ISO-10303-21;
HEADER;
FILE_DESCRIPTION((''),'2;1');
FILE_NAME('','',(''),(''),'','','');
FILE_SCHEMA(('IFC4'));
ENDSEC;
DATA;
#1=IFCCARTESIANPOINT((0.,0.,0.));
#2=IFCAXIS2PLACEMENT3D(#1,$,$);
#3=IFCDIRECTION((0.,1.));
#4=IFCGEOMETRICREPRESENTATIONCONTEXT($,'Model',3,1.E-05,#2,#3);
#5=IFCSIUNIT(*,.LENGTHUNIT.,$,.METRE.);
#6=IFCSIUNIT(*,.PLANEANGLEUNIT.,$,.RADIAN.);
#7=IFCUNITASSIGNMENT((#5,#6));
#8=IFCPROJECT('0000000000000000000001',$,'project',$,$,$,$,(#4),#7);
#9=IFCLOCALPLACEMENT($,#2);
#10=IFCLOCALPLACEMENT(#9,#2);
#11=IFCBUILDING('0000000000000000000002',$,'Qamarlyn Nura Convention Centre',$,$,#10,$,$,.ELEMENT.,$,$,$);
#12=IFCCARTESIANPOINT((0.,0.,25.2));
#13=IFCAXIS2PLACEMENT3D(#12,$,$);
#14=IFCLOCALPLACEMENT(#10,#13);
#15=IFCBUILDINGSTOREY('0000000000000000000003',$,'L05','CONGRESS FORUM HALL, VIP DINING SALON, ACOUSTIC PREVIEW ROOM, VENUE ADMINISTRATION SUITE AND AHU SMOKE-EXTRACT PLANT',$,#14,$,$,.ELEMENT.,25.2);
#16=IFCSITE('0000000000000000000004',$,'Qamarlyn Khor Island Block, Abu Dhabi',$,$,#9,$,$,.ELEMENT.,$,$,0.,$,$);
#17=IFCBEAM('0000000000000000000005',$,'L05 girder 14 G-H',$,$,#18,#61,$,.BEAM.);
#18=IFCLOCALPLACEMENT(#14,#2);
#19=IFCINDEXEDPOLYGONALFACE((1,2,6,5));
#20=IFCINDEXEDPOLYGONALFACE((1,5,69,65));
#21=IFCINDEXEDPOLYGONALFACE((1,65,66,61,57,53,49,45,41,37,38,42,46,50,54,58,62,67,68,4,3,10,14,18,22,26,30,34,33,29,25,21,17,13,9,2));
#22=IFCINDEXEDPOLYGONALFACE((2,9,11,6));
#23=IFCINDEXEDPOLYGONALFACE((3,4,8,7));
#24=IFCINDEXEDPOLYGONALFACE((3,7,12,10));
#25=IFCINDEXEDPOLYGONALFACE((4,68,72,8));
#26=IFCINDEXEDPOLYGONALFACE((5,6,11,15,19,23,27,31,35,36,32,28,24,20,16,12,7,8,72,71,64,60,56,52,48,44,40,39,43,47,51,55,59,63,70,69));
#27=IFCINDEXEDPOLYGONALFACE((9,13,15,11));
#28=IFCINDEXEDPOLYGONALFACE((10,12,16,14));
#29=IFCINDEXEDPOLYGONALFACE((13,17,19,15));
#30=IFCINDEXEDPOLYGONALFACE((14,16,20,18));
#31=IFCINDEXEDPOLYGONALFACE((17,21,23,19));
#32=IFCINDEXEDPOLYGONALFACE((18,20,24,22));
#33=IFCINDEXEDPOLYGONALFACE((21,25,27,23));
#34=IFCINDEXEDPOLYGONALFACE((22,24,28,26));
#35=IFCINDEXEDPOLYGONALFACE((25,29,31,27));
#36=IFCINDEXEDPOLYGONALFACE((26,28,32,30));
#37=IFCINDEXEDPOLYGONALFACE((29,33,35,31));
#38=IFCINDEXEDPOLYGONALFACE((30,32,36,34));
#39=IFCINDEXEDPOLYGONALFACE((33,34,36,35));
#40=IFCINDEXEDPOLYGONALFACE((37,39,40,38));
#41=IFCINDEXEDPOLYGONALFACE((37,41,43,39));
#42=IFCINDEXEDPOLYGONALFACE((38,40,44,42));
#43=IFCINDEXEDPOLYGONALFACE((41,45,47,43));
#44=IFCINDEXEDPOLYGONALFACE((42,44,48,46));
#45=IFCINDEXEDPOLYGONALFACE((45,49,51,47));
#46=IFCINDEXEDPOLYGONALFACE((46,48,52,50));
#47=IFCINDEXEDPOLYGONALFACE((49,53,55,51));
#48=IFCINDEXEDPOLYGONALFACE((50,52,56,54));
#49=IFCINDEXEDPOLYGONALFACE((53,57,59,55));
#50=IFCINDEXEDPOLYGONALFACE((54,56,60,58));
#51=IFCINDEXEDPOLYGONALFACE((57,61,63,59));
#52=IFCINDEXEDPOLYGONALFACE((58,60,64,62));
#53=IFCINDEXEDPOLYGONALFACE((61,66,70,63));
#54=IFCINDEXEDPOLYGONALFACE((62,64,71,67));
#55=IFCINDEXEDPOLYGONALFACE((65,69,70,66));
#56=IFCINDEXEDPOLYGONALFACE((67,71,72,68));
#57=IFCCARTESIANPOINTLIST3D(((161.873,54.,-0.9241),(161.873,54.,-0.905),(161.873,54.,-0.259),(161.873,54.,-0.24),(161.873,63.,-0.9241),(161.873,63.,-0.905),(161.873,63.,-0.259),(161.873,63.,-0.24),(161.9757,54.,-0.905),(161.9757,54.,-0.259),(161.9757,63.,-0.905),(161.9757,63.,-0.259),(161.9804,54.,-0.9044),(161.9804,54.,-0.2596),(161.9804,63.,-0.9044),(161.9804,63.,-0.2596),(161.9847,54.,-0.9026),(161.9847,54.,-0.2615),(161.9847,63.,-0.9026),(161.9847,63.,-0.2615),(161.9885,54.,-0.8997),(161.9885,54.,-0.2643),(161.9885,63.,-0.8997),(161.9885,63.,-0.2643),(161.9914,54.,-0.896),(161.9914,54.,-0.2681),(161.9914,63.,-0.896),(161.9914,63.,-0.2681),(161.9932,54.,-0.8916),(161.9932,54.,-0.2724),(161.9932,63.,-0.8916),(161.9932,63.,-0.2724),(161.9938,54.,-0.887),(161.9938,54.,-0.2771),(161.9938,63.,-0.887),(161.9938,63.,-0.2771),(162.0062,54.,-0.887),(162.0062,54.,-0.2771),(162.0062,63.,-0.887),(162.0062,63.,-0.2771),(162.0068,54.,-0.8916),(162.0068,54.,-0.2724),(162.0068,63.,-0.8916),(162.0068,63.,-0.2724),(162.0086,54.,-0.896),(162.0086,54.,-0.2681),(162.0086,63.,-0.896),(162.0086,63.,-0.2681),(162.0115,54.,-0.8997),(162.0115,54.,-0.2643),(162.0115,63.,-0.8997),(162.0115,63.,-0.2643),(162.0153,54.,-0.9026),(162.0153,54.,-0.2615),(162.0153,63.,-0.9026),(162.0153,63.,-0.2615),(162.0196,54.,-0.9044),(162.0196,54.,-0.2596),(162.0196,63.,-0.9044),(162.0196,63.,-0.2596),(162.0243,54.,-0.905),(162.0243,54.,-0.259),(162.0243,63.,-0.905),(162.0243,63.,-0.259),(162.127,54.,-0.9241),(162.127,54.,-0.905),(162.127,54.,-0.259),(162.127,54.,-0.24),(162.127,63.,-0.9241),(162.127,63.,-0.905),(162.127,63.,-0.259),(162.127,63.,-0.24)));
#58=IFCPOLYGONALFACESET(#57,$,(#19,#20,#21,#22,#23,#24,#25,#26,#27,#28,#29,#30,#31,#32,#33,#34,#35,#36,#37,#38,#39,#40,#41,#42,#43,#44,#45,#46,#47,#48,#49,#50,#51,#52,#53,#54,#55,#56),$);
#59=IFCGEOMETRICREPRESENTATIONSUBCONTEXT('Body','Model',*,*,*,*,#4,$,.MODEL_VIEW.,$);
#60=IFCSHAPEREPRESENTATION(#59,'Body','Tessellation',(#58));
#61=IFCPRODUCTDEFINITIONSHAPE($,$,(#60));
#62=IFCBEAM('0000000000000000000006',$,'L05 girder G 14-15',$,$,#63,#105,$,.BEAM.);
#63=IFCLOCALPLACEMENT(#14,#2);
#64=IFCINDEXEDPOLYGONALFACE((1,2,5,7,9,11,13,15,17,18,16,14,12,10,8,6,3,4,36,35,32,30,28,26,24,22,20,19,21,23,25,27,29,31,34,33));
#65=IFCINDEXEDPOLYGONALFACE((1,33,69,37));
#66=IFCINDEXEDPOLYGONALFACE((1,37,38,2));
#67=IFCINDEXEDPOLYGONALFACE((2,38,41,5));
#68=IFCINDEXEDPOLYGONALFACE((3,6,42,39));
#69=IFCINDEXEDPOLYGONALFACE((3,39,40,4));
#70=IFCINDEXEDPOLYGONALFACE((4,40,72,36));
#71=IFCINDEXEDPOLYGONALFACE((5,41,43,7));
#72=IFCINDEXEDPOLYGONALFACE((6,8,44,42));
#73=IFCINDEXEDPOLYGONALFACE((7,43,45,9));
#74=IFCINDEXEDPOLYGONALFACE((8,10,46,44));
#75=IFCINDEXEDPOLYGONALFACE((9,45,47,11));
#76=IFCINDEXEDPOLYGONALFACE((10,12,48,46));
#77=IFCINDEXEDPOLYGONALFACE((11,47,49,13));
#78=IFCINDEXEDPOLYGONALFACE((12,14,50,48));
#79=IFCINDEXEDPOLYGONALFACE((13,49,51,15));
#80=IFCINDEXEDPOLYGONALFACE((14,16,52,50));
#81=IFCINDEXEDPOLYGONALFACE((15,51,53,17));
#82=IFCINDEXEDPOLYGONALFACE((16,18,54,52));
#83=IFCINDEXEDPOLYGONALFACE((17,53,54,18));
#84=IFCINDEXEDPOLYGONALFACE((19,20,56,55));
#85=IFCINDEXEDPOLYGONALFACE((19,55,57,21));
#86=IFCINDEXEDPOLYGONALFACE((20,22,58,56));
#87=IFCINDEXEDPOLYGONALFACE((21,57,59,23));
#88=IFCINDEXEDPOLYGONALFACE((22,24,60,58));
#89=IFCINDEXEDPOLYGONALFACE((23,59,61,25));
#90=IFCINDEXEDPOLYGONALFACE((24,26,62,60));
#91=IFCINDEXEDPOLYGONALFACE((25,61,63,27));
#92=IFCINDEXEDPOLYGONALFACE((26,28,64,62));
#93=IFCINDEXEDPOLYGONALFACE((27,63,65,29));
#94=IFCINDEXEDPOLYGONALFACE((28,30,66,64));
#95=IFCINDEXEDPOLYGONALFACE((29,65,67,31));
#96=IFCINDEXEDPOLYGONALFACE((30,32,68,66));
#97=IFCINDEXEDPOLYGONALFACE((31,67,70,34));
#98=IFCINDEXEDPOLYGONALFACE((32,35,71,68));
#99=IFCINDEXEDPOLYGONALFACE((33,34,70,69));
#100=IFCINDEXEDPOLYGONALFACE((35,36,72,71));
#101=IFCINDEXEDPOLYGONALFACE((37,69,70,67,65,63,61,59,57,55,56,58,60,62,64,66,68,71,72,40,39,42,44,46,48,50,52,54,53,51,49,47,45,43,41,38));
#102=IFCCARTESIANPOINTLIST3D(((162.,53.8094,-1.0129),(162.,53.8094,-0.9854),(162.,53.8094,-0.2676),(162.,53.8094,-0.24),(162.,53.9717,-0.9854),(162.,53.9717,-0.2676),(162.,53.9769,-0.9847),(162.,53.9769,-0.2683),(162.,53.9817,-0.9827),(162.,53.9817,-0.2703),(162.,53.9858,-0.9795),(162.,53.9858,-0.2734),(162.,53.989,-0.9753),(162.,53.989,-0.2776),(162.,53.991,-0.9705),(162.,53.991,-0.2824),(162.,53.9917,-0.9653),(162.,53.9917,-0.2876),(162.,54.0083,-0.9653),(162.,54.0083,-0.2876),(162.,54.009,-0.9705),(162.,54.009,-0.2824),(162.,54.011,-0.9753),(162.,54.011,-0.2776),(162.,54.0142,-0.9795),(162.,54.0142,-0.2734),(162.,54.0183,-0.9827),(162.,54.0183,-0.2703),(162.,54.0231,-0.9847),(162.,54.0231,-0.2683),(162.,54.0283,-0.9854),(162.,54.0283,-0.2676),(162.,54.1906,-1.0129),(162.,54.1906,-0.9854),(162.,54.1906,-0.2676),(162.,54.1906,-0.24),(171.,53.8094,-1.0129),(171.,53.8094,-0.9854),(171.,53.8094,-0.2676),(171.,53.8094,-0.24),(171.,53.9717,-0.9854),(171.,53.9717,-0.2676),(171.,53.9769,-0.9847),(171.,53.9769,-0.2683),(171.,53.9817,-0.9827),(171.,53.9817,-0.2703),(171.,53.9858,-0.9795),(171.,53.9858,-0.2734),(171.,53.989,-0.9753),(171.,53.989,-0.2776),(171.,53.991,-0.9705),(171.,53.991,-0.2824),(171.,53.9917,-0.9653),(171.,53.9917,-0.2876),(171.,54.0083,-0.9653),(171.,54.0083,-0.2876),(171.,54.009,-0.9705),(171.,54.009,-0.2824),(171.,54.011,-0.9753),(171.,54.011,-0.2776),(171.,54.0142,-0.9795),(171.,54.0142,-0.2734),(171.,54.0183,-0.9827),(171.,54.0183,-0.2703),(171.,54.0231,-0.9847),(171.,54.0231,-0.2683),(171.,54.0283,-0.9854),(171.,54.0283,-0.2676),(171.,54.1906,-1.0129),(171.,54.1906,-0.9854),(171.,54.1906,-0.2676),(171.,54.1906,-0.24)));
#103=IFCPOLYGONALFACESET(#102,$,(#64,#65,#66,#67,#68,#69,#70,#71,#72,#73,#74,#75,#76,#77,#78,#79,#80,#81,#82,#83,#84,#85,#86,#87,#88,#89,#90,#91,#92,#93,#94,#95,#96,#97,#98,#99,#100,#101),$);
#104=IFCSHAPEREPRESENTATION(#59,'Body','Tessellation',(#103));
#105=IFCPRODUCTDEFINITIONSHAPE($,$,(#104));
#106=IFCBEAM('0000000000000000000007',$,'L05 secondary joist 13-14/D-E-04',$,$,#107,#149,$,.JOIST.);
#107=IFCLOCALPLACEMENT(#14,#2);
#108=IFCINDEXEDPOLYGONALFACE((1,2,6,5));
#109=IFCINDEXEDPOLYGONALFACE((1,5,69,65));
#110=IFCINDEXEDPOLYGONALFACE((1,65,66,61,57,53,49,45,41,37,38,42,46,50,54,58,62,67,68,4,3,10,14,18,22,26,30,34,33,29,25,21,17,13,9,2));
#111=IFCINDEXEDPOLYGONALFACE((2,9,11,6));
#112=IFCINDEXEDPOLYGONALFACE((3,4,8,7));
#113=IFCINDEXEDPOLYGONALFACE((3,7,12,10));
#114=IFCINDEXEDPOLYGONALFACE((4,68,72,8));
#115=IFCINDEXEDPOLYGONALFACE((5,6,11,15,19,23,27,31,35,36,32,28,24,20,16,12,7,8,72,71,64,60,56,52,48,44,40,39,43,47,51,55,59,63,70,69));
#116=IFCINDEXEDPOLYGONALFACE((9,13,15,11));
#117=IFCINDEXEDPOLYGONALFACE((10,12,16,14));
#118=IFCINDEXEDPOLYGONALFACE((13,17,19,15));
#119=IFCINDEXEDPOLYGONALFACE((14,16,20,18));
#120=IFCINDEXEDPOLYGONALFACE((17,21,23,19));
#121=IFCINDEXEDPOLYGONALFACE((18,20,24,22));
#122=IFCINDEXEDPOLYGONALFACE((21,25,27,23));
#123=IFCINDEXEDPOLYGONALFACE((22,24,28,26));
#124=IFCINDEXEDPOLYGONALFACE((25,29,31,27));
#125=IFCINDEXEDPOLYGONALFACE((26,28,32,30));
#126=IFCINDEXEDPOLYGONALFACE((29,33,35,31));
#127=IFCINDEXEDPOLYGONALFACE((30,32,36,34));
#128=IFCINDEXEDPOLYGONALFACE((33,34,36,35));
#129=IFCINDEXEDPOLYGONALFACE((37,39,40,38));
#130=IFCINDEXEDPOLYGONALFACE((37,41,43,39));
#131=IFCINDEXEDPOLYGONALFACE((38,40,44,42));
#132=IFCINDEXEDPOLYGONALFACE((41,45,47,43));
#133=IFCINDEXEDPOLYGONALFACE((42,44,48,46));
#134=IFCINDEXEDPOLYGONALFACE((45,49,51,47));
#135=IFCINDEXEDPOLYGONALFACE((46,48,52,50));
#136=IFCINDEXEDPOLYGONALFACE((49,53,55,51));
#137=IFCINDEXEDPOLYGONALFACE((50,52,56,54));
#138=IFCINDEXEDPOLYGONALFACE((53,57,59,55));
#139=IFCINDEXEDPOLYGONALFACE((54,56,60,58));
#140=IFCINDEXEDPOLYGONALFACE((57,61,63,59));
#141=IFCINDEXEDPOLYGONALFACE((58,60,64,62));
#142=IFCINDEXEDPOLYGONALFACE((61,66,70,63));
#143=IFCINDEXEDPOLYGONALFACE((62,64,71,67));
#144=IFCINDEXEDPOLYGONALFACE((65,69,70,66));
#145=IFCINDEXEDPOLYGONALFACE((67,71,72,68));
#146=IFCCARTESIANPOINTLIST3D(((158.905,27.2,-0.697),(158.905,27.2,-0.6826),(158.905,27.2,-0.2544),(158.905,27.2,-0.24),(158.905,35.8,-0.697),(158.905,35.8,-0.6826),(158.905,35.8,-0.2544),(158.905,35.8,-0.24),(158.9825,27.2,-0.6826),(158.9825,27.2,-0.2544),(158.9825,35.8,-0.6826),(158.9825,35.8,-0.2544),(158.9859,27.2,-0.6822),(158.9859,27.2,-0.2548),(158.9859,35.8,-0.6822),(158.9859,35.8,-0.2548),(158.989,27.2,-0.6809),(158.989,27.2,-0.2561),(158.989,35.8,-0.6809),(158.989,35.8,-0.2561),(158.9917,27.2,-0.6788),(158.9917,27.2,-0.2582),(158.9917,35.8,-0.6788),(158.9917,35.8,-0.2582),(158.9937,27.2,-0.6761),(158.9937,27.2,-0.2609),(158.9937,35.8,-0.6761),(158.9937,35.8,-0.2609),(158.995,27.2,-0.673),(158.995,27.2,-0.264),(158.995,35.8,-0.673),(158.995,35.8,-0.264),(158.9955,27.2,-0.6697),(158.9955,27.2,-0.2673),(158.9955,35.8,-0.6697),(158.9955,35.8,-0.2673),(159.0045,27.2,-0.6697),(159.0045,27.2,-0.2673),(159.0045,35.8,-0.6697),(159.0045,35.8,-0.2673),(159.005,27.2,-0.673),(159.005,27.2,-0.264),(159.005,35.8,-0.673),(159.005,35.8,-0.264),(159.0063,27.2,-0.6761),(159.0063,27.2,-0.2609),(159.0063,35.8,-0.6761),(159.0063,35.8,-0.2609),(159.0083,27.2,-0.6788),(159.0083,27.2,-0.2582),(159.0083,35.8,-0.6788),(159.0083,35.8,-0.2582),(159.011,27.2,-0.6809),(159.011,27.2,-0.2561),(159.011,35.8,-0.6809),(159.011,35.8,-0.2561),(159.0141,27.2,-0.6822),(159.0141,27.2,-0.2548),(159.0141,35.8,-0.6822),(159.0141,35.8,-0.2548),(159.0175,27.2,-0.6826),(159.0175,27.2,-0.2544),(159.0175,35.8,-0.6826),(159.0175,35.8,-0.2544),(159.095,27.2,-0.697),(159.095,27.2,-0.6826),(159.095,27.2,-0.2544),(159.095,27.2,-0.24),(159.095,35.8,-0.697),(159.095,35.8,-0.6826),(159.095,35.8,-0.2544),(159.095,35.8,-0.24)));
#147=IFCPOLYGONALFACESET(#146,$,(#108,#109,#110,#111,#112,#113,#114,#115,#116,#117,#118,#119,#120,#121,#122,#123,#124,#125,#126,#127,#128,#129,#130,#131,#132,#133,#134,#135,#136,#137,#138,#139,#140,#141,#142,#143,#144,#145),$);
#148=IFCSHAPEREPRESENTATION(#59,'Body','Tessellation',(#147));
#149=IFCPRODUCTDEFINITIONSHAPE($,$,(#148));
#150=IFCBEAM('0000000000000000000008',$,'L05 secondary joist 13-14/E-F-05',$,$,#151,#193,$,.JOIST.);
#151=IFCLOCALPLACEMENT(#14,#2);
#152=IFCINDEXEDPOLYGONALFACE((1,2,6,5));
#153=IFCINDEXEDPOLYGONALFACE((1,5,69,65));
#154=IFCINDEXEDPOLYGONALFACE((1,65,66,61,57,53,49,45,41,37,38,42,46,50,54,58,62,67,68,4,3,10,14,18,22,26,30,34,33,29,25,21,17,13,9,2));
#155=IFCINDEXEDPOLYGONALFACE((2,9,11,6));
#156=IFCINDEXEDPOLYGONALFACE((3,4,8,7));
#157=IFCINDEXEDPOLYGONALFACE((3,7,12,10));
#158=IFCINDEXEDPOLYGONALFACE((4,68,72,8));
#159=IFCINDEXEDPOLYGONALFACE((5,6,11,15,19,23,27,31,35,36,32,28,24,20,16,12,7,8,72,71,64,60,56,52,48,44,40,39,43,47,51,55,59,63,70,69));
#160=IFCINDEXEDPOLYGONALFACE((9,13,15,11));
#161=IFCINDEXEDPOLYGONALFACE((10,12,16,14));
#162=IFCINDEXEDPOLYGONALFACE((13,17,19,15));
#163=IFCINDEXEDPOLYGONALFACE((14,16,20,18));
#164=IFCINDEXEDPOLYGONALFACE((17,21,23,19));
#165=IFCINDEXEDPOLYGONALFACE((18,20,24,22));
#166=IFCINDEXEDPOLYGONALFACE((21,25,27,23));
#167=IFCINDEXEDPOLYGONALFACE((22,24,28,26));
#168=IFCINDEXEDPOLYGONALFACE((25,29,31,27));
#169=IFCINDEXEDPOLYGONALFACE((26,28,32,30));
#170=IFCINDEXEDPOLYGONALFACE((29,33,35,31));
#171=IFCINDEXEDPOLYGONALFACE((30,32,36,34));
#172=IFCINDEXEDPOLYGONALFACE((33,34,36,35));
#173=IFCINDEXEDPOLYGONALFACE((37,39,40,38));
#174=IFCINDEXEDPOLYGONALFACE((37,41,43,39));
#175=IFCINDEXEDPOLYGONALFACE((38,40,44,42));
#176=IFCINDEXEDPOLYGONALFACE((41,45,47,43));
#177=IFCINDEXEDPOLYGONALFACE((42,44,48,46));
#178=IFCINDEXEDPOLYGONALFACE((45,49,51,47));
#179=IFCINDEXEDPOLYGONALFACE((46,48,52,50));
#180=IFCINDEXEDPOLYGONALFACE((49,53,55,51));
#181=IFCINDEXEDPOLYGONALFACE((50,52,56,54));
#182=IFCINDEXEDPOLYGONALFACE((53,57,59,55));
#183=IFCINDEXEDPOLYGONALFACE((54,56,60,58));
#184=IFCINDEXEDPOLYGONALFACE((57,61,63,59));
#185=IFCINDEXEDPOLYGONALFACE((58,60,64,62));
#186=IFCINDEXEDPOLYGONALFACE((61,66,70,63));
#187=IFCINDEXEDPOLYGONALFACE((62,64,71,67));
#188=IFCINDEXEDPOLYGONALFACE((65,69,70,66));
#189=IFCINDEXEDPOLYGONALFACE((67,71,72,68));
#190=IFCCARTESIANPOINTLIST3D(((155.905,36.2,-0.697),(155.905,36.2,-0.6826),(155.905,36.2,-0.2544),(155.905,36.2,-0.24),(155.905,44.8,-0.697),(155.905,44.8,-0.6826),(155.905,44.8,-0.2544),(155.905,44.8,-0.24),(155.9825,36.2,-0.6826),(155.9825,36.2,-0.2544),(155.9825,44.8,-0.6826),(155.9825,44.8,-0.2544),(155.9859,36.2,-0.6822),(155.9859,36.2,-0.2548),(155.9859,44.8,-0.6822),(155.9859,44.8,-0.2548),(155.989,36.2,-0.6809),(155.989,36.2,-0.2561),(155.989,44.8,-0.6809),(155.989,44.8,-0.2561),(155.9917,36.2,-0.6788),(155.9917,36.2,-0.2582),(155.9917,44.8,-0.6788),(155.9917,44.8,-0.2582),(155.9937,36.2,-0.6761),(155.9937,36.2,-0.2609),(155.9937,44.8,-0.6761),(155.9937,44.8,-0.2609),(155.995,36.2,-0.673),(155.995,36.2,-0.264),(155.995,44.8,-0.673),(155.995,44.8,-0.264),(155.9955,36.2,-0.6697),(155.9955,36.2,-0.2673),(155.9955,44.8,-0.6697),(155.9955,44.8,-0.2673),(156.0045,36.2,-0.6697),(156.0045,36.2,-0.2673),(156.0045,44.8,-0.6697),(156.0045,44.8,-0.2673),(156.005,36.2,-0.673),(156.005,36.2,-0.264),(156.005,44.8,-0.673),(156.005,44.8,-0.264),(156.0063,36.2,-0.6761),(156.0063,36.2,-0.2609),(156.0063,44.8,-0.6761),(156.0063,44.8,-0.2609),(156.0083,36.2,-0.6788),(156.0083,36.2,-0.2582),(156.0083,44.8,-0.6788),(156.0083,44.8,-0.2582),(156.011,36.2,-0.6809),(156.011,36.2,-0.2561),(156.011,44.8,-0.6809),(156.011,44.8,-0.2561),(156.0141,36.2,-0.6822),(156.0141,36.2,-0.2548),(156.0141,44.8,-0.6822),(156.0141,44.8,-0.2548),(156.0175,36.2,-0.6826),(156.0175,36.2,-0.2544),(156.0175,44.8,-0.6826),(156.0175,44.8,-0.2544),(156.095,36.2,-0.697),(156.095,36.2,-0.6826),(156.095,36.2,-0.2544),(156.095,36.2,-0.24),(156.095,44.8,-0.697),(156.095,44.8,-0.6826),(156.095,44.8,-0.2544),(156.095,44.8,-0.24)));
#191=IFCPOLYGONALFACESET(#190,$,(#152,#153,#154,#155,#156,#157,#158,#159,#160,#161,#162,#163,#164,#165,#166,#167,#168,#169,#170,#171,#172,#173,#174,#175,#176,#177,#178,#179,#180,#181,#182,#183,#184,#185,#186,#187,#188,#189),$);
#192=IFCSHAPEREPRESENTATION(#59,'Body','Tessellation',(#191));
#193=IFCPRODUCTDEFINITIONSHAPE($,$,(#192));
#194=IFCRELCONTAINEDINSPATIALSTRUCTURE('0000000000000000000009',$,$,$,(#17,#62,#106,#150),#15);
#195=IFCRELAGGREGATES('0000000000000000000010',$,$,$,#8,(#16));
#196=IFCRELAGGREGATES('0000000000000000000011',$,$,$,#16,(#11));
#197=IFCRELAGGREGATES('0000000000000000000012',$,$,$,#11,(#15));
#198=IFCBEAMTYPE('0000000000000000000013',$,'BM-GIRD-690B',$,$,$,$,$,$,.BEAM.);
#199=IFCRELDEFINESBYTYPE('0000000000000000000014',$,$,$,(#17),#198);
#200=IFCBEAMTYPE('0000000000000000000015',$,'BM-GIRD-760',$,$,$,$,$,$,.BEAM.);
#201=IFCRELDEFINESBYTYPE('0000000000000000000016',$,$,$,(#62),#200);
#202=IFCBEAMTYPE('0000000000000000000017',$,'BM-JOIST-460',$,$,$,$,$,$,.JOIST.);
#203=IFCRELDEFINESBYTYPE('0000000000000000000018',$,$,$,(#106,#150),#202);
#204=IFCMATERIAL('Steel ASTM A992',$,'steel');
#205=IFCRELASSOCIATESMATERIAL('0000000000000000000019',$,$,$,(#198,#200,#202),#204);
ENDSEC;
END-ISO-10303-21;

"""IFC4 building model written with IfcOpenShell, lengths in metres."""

from ifc_helpers import new_model, si_unit, direction, frame, origin, origin_2d, place, context, subcontext, project, spatial, i_section, extrude, material, material_profile, profile_set, type_object, element, save


model = new_model("IFC4")

# Units and contexts
model_context = context("Model", 3, precision=1e-05, world=origin(), true_north=direction((0.0, 1.0)))
body_context = subcontext(model_context, "Body", "Model", "MODEL_VIEW")
ifc_project = project(units=[si_unit("LENGTHUNIT", "METRE"), si_unit("PLANEANGLEUNIT", "RADIAN")], contexts=[model_context])

# Site, building, storey
site_placement = place(None, origin())
site = spatial("IfcSite", under=ifc_project, at=site_placement, Name="Qamarlyn Khor Island Block, Abu Dhabi", CompositionType="ELEMENT", RefElevation=0.0)
building_placement = place(site_placement, origin())
building = spatial("IfcBuilding", under=site, at=building_placement, Name="Qamarlyn Nura Convention Centre", CompositionType="ELEMENT")
storey_placement = place(building_placement, frame((0.0, 0.0, 25.2)))
storey = spatial("IfcBuildingStorey", under=building, at=storey_placement, Name="L05", Description="CONGRESS FORUM HALL, VIP DINING SALON, ACOUSTIC PREVIEW ROOM, VENUE ADMINISTRATION SUITE AND AHU SMOKE-EXTRACT PLANT", CompositionType="ELEMENT", Elevation=25.2)

# Shared definitions
ifc_material_1 = material(Name="Steel ASTM A992", Category="steel")

# Beams
ifc_material_profile_1 = material_profile(ifc_material_1, i_section(OverallWidth=0.2539, OverallDepth=0.6841, WebThickness=0.0125, FlangeThickness=0.019, FilletRadius=0.0181, at=origin_2d()), Name="W690X140")
ifc_profile_set_1 = profile_set([ifc_material_profile_1], Name="Steel ASTM A992")
beam_type_1 = type_object("IfcBeamType", Name="BM-GIRD-690B", PredefinedType="BEAM", material=ifc_profile_set_1)
beam_1_placement = place(storey_placement, frame((162.0, 54.0, -0.582), z_axis=(0.0, 1.0, 0.0), x_axis=(-1.0, 0.0, 0.0)))
element("IfcBeam", 1, at=beam_1_placement, inside=storey, type_object=beam_type_1, Name="L05 girder 14 G-H", PredefinedType="BEAM", context=body_context, shape_type="SweptSolid", body=[
    extrude(i_section(OverallWidth=0.2539, OverallDepth=0.6841, WebThickness=0.0125, FlangeThickness=0.019, FilletRadius=0.0181, at=origin_2d()), origin(), (0.0, 0.0, 1.0), 9.0),
])
ifc_material_profile_2 = material_profile(ifc_material_1, i_section(OverallWidth=0.3811, OverallDepth=0.7729, WebThickness=0.0166, FlangeThickness=0.0276, FilletRadius=0.02, at=origin_2d()), Name="W760X257")
ifc_profile_set_2 = profile_set([ifc_material_profile_2], Name="Steel ASTM A992")
beam_type_2 = type_object("IfcBeamType", Name="BM-GIRD-760", PredefinedType="BEAM", material=ifc_profile_set_2)
beam_2_placement = place(storey_placement, frame((162.0, 54.0, -0.6265), z_axis=(1.0, 0.0, 0.0), x_axis=(0.0, 1.0, 0.0)))
element("IfcBeam", 2, at=beam_2_placement, inside=storey, type_object=beam_type_2, Name="L05 girder G 14-15", PredefinedType="BEAM", context=body_context, shape_type="SweptSolid", body=[
    extrude(i_section(OverallWidth=0.3811, OverallDepth=0.7729, WebThickness=0.0166, FlangeThickness=0.0276, FilletRadius=0.02, at=origin_2d()), origin(), (0.0, 0.0, 1.0), 9.0),
])
ifc_material_profile_3 = material_profile(ifc_material_1, i_section(OverallWidth=0.1899, OverallDepth=0.457, WebThickness=0.009, FlangeThickness=0.0144, FilletRadius=0.0129, at=origin_2d()), Name="W460X74")
ifc_profile_set_3 = profile_set([ifc_material_profile_3], Name="Steel ASTM A992")
beam_type_3 = type_object("IfcBeamType", Name="BM-JOIST-460", PredefinedType="JOIST", material=ifc_profile_set_3)
for number, where, z_axis, x_axis, name in (
    (3, (159.0, 27.2, -0.4685), (0.0, 1.0, 0.0), (-1.0, 0.0, 0.0), "L05 secondary joist 13-14/D-E-04"),
    (4, (156.0, 36.2, -0.4685), (0.0, 1.0, 0.0), (-1.0, 0.0, 0.0), "L05 secondary joist 13-14/E-F-05"),
):
    element("IfcBeam", number, at=place(storey_placement, frame(where, z_axis=z_axis, x_axis=x_axis)), inside=storey, type_object=beam_type_3, Name=name, PredefinedType="JOIST", context=body_context, shape_type="SweptSolid", body=[
        extrude(i_section(OverallWidth=0.1899, OverallDepth=0.457, WebThickness=0.009, FlangeThickness=0.0144, FilletRadius=0.0129, at=origin_2d()), origin(), (0.0, 0.0, 1.0), 8.6001),
    ])

save(model, "model.ifc")
